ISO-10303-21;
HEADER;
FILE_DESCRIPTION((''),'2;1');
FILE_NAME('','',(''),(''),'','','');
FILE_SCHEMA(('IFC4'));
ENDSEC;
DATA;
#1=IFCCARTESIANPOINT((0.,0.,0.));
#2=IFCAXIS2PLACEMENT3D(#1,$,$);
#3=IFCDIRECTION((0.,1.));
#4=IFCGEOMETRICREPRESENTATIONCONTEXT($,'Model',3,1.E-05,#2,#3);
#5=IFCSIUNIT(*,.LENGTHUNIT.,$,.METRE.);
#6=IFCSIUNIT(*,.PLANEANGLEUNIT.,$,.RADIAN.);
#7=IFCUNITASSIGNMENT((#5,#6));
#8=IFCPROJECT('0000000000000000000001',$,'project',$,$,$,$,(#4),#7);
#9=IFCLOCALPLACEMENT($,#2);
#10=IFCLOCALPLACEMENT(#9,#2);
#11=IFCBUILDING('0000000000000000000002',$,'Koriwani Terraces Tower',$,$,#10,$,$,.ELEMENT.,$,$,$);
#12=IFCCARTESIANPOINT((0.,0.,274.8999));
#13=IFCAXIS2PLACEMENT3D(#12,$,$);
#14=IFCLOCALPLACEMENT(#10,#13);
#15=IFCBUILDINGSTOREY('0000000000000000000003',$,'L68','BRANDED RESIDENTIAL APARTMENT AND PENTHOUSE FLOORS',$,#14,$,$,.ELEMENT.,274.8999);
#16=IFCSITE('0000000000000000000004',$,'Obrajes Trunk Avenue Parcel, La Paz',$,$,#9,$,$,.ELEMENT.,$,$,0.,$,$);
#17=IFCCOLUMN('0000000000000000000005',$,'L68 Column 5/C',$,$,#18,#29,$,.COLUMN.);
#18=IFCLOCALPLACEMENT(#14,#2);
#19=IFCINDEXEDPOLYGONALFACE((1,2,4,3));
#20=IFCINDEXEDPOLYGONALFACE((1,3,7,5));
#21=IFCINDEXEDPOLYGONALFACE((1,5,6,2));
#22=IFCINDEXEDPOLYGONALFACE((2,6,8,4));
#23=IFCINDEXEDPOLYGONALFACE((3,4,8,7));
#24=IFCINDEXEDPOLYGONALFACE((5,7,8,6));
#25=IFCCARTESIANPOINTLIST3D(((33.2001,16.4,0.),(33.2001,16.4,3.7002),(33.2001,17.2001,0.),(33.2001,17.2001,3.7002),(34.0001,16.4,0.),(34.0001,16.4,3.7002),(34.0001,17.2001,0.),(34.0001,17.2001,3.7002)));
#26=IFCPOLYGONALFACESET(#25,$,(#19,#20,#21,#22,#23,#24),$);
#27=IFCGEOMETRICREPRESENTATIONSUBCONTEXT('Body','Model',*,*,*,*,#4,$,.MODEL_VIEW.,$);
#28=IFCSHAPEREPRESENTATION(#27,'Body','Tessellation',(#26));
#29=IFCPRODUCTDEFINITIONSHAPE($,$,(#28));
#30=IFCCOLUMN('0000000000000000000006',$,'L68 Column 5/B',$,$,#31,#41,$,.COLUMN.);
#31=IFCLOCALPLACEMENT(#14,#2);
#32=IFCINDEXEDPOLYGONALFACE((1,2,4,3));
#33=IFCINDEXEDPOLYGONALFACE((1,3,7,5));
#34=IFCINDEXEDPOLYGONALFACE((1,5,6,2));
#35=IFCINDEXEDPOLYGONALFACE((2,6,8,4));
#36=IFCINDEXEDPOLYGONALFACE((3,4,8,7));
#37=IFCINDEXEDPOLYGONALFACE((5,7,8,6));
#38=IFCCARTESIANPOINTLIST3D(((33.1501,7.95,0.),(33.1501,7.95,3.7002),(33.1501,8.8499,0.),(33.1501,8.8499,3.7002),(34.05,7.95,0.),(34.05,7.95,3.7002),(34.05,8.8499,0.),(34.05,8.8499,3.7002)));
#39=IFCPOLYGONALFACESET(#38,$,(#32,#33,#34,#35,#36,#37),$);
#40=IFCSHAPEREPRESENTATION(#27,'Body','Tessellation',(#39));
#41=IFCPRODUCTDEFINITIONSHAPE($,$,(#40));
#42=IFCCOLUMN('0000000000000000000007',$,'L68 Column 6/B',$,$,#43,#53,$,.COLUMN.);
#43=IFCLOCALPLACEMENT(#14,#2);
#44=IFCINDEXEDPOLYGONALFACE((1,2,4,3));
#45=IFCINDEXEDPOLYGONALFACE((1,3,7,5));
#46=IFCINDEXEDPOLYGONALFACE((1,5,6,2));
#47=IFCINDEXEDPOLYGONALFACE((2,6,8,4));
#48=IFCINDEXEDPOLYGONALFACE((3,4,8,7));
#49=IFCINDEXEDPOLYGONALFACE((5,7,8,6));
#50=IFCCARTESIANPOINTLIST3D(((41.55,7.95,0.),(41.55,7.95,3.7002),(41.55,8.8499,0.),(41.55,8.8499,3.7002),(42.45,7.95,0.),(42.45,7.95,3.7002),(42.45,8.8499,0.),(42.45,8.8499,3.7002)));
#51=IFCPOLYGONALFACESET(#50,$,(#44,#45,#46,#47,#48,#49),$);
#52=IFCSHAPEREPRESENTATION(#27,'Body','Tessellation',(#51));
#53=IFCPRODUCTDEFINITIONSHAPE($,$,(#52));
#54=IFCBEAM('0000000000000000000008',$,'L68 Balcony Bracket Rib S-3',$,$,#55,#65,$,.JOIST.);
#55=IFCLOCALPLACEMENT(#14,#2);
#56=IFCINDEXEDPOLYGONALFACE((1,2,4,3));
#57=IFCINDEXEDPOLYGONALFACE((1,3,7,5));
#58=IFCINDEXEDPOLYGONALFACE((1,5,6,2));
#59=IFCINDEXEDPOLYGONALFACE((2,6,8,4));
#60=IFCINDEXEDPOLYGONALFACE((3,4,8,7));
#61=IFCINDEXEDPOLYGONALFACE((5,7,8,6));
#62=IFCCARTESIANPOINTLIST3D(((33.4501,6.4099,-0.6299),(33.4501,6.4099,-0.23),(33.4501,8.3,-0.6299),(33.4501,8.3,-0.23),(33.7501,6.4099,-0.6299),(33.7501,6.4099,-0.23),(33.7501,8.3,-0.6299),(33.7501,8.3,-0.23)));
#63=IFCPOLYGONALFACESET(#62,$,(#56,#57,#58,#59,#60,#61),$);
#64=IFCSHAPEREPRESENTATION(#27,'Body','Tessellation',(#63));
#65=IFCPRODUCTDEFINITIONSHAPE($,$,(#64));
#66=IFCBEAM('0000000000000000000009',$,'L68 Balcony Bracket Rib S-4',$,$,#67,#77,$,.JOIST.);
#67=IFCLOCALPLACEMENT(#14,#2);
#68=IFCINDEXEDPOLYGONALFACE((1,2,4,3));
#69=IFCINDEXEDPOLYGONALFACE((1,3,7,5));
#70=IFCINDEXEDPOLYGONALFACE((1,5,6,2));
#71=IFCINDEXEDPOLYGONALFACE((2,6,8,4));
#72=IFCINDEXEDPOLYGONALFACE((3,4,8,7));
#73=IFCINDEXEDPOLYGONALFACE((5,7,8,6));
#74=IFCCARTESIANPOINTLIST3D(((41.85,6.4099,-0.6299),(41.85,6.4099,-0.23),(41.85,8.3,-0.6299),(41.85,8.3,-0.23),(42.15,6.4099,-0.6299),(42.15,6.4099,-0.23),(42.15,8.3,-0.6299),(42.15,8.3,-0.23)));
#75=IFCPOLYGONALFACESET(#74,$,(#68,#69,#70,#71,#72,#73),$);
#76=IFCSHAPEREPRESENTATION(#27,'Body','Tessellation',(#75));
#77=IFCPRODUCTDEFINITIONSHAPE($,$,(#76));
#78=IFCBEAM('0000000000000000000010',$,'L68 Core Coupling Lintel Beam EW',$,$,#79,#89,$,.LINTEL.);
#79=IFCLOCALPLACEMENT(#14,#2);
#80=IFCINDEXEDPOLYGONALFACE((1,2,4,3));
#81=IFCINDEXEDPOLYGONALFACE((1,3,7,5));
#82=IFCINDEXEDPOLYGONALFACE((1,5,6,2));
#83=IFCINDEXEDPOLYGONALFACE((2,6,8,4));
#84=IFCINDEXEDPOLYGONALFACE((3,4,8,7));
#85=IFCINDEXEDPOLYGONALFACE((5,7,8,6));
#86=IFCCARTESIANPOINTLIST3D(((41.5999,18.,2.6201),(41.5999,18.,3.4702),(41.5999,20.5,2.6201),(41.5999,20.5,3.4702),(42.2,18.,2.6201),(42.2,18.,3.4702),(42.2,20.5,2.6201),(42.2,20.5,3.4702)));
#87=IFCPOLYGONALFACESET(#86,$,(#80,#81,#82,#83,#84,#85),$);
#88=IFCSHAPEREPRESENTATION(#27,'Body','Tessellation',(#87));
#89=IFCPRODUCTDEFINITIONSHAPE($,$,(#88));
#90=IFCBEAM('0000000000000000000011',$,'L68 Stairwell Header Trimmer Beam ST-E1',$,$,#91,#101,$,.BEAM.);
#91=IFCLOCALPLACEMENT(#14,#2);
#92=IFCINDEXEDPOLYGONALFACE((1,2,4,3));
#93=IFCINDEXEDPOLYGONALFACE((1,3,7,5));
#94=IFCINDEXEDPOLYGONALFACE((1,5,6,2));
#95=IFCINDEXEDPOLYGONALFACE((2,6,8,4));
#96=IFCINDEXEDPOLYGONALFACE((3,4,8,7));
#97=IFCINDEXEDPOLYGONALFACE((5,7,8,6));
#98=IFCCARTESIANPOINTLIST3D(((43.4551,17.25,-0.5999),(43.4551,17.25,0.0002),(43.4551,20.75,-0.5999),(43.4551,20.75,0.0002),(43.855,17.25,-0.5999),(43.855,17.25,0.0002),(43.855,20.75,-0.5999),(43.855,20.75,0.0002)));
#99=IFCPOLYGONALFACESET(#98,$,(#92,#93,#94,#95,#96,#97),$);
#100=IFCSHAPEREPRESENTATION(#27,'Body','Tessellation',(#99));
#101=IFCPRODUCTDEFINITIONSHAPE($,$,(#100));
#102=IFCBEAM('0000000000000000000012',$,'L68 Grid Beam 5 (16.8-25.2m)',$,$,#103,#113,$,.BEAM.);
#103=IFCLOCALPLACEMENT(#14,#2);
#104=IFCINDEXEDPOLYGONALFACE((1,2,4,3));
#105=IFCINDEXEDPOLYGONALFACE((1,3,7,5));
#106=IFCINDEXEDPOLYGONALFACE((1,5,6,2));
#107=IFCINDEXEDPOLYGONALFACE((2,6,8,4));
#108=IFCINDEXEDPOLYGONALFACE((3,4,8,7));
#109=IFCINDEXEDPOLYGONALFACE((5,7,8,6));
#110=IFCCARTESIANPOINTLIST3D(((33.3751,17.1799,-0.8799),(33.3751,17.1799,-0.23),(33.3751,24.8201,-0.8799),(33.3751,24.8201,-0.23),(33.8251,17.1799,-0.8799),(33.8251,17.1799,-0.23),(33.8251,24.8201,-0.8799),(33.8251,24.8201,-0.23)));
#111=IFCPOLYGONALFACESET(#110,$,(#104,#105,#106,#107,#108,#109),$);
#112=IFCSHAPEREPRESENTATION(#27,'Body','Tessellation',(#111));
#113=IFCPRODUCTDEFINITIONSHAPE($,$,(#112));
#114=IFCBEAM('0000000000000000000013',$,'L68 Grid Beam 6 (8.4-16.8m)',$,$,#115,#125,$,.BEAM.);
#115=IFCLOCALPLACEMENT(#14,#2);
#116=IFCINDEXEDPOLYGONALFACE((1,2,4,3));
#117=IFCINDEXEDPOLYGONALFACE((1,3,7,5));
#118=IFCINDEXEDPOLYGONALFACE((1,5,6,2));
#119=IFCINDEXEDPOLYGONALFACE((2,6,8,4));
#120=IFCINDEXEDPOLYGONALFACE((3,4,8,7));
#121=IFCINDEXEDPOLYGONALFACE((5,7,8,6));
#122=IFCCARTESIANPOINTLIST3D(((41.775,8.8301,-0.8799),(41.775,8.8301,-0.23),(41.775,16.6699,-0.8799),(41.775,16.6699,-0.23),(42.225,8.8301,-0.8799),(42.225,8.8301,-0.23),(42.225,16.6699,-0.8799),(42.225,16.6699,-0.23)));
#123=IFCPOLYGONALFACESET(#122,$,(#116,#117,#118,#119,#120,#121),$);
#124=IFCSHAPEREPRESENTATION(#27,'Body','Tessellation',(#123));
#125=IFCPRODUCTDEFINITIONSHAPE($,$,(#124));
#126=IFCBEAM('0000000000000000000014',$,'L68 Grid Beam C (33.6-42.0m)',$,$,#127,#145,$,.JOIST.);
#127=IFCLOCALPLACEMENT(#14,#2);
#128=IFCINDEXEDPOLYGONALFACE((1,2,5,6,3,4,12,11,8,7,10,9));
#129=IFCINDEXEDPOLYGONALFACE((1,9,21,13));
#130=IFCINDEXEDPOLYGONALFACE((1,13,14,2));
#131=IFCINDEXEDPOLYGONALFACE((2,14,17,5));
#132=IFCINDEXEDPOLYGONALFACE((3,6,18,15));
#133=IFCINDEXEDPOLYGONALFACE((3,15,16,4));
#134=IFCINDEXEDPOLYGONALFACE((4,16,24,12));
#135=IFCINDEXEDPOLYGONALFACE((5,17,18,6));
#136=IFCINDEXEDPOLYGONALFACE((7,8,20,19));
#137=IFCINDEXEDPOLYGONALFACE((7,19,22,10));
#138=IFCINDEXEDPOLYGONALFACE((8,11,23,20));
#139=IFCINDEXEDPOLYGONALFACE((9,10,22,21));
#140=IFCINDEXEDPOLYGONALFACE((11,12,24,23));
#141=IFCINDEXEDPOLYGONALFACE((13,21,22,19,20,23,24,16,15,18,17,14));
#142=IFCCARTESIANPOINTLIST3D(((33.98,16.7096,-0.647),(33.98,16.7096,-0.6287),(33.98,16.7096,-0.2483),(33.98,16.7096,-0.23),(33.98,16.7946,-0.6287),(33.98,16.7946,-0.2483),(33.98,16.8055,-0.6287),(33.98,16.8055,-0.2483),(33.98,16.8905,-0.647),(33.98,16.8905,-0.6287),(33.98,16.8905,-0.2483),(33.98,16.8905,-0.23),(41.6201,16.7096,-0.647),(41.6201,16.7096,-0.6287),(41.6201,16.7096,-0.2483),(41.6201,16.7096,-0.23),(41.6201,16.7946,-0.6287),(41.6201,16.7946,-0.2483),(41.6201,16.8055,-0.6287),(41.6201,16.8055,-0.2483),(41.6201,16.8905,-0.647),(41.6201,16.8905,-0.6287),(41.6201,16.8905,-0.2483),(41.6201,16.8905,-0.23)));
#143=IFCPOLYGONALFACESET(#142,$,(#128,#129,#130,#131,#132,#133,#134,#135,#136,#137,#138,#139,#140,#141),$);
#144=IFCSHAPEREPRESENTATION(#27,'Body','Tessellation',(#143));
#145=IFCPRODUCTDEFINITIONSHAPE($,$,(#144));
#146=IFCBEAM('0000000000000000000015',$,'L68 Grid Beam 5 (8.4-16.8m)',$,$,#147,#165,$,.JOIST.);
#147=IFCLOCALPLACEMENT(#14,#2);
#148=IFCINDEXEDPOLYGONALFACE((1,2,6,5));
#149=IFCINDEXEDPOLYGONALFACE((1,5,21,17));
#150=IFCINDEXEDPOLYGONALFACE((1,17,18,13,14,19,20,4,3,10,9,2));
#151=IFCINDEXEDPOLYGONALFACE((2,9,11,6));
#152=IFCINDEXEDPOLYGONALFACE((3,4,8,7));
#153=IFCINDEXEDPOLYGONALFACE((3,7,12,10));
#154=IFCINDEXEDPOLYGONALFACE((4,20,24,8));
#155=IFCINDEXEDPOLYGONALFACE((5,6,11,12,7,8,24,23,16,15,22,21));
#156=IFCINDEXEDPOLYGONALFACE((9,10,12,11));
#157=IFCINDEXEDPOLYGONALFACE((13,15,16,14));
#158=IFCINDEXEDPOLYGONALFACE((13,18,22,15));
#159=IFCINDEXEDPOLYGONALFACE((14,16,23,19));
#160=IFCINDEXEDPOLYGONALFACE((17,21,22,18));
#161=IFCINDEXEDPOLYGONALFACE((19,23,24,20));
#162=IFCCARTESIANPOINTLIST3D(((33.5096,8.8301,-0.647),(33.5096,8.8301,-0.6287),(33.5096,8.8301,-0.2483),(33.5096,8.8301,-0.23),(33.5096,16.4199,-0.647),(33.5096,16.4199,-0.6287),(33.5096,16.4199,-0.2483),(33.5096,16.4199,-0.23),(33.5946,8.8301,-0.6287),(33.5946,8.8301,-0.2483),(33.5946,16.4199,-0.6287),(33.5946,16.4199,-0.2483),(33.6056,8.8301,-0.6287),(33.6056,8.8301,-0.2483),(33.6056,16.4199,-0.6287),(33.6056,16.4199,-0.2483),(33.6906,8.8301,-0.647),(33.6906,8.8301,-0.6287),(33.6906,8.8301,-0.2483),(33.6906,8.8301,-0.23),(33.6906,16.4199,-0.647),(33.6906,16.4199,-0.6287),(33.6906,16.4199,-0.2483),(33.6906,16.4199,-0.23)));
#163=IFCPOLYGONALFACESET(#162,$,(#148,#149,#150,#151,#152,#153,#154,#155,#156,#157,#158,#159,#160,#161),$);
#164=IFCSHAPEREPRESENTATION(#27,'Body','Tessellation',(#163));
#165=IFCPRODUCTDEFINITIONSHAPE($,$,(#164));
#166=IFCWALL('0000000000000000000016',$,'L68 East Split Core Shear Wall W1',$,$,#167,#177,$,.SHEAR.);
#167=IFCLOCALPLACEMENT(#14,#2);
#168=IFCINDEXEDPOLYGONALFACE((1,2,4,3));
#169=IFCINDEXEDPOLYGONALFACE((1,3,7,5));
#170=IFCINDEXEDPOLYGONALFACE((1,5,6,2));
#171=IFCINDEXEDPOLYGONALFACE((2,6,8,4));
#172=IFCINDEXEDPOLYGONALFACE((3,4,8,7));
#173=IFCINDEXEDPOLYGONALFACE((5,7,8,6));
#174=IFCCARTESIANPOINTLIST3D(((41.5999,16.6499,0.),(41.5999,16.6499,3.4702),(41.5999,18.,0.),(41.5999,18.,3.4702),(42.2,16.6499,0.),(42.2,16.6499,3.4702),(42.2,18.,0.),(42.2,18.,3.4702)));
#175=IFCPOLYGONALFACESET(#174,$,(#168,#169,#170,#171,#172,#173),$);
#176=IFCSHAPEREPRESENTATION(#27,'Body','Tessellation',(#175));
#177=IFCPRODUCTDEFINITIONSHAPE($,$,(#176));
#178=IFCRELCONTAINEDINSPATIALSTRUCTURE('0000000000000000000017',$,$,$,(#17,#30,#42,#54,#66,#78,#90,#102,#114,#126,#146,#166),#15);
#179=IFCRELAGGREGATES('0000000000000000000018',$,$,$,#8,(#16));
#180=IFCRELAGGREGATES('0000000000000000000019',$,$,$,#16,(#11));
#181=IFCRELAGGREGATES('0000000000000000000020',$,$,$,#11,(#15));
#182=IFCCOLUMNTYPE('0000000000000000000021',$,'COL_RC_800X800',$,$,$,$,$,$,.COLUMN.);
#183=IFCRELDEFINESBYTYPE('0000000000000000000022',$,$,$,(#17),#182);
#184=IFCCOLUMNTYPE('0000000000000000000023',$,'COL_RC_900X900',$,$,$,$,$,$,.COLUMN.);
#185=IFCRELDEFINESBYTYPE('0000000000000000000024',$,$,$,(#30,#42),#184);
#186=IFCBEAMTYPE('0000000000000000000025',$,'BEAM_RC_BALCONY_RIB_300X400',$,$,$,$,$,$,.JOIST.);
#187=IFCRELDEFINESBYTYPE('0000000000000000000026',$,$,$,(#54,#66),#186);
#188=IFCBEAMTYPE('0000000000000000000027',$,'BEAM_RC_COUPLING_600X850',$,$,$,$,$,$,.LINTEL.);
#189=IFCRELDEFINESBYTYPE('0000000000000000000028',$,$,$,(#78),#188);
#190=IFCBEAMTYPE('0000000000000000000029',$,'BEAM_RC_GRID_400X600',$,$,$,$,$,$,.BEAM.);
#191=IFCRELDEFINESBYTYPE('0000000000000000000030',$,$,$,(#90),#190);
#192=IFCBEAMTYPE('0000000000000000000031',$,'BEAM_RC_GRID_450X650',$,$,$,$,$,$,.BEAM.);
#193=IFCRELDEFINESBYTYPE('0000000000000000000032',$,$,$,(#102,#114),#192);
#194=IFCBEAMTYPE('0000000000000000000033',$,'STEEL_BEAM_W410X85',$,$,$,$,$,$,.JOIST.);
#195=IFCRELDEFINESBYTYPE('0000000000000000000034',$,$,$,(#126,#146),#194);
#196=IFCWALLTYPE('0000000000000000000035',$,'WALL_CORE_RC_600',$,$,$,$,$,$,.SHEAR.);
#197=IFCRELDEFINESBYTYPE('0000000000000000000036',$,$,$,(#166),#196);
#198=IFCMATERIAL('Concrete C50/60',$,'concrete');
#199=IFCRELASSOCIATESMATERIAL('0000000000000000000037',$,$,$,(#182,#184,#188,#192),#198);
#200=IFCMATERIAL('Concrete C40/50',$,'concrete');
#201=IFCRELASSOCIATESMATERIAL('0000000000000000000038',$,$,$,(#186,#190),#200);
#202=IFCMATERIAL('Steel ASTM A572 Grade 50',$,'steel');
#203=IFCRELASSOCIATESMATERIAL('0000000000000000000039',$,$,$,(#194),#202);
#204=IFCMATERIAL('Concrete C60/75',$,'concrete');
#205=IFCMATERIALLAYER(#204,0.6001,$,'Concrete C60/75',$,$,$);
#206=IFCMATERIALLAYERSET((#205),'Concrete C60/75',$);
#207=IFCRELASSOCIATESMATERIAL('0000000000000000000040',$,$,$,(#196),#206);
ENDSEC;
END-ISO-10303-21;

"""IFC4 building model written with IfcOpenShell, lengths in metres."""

from ifc_helpers import new_model, si_unit, direction, frame, frame_2d, origin, origin_2d, place, context, subcontext, project, spatial, rectangle, i_section, extrude, material, layer, layer_set, material_profile, profile_set, type_object, element, save


model = new_model("IFC4")

# Units and contexts
model_context = context("Model", 3, precision=1e-05, world=origin(), true_north=direction((0.0, 1.0)))
body_context = subcontext(model_context, "Body", "Model", "MODEL_VIEW")
ifc_project = project(units=[si_unit("LENGTHUNIT", "METRE"), si_unit("PLANEANGLEUNIT", "RADIAN")], contexts=[model_context])

# Site, building, storey
site_placement = place(None, origin())
site = spatial("IfcSite", under=ifc_project, at=site_placement, Name="Obrajes Trunk Avenue Parcel, La Paz", CompositionType="ELEMENT", RefElevation=0.0)
building_placement = place(site_placement, origin())
building = spatial("IfcBuilding", under=site, at=building_placement, Name="Koriwani Terraces Tower", CompositionType="ELEMENT")
storey_placement = place(building_placement, frame((0.0, 0.0, 274.8999)))
storey = spatial("IfcBuildingStorey", under=building, at=storey_placement, Name="L68", Description="BRANDED RESIDENTIAL APARTMENT AND PENTHOUSE FLOORS", CompositionType="ELEMENT", Elevation=274.8999)

# Columns
ifc_material_1 = material(Name="Concrete C50/60", Category="concrete")
ifc_material_profile_1 = material_profile(ifc_material_1, rectangle(XDim=0.8, YDim=0.8, at=origin_2d()), Name="Concrete C50/60", Category="LoadBearing")
ifc_profile_set_1 = profile_set([ifc_material_profile_1], Name="Concrete C50/60")
column_type_1 = type_object("IfcColumnType", Name="COL_RC_800X800", PredefinedType="COLUMN", material=ifc_profile_set_1)
column_placement = place(storey_placement, frame((33.6001, 16.8, 0.0), z_axis=(0.0, 0.0, 1.0), x_axis=(1.0, 0.0, 0.0)))
element("IfcColumn", 1, at=column_placement, inside=storey, type_object=column_type_1, Name="L68 Column 5/C", PredefinedType="COLUMN", context=body_context, shape_type="SweptSolid", body=[
    extrude(rectangle(XDim=0.8, YDim=0.8, at=origin_2d()), origin(), (0.0, 0.0, 1.0), 3.7002),
])
ifc_material_profile_2 = material_profile(ifc_material_1, rectangle(XDim=0.8999, YDim=0.8999, at=origin_2d()), Name="Concrete C50/60", Category="LoadBearing")
ifc_profile_set_2 = profile_set([ifc_material_profile_2], Name="Concrete C50/60")
column_type_2 = type_object("IfcColumnType", Name="COL_RC_900X900", PredefinedType="COLUMN", material=ifc_profile_set_2)
for number, where, z_axis, x_axis, name in (
    (2, (33.6001, 8.3999, 0.0), (0.0, 0.0, 1.0), (1.0, 0.0, 0.0), "L68 Column 5/B"),
    (3, (42.0, 8.3999, 0.0), (0.0, 0.0, 1.0), (1.0, 0.0, 0.0), "L68 Column 6/B"),
):
    element("IfcColumn", number, at=place(storey_placement, frame(where, z_axis=z_axis, x_axis=x_axis)), inside=storey, type_object=column_type_2, Name=name, PredefinedType="COLUMN", context=body_context, shape_type="SweptSolid", body=[
        extrude(rectangle(XDim=0.8999, YDim=0.8999, at=origin_2d()), origin(), (0.0, 0.0, 1.0), 3.7002),
    ])

# Beams
ifc_material_2 = material(Name="Concrete C40/50", Category="concrete")
ifc_material_profile_3 = material_profile(ifc_material_2, rectangle(XDim=0.3, YDim=0.3999, at=origin_2d()), Name="Concrete C40/50", Category="LoadBearing")
ifc_profile_set_3 = profile_set([ifc_material_profile_3], Name="Concrete C40/50")
beam_type_1 = type_object("IfcBeamType", Name="BEAM_RC_BALCONY_RIB_300X400", PredefinedType="JOIST", material=ifc_profile_set_3)
for number, where, z_axis, x_axis, name in (
    (4, (33.6001, 6.4099, -0.4299), (0.0, 1.0, 0.0), (-1.0, 0.0, 0.0), "L68 Balcony Bracket Rib S-3"),
    (5, (42.0, 6.4099, -0.4299), (0.0, 1.0, 0.0), (-1.0, 0.0, 0.0), "L68 Balcony Bracket Rib S-4"),
):
    element("IfcBeam", number, at=place(storey_placement, frame(where, z_axis=z_axis, x_axis=x_axis)), inside=storey, type_object=beam_type_1, Name=name, PredefinedType="JOIST", context=body_context, shape_type="SweptSolid", body=[
        extrude(rectangle(XDim=0.3, YDim=0.3999, at=origin_2d()), origin(), (0.0, 0.0, 1.0), 1.8901),
    ])
ifc_material_profile_4 = material_profile(ifc_material_1, rectangle(XDim=0.6001, YDim=0.8501, at=origin_2d()), Name="Concrete C50/60", Category="LoadBearing")
ifc_profile_set_4 = profile_set([ifc_material_profile_4], Name="Concrete C50/60")
beam_type_2 = type_object("IfcBeamType", Name="BEAM_RC_COUPLING_600X850", PredefinedType="LINTEL", material=ifc_profile_set_4)
beam_1_placement = place(storey_placement, frame((41.8999, 18.0, 3.0452), z_axis=(0.0, 1.0, 0.0), x_axis=(-1.0, 0.0, 0.0)))
element("IfcBeam", 6, at=beam_1_placement, inside=storey, type_object=beam_type_2, Name="L68 Core Coupling Lintel Beam EW", PredefinedType="LINTEL", context=body_context, shape_type="SweptSolid", body=[
    extrude(rectangle(XDim=0.6001, YDim=0.8501, at=origin_2d()), origin(), (0.0, 0.0, 1.0), 2.5),
])
ifc_material_profile_5 = material_profile(ifc_material_2, rectangle(XDim=0.3999, YDim=0.6001, at=origin_2d()), Name="Concrete C40/50", Category="LoadBearing")
ifc_profile_set_5 = profile_set([ifc_material_profile_5], Name="Concrete C40/50")
beam_type_3 = type_object("IfcBeamType", Name="BEAM_RC_GRID_400X600", PredefinedType="BEAM", material=ifc_profile_set_5)
beam_2_placement = place(storey_placement, frame((43.655, 17.25, -0.2998), z_axis=(0.0, 1.0, 0.0), x_axis=(-1.0, 0.0, 0.0)))
element("IfcBeam", 7, at=beam_2_placement, inside=storey, type_object=beam_type_3, Name="L68 Stairwell Header Trimmer Beam ST-E1", PredefinedType="BEAM", context=body_context, shape_type="SweptSolid", body=[
    extrude(rectangle(XDim=0.3999, YDim=0.6001, at=origin_2d()), origin(), (0.0, 0.0, 1.0), 3.5),
])
ifc_material_profile_6 = material_profile(ifc_material_1, rectangle(XDim=0.45, YDim=0.6499, at=origin_2d()), Name="Concrete C50/60", Category="LoadBearing")
ifc_profile_set_6 = profile_set([ifc_material_profile_6], Name="Concrete C50/60")
beam_type_4 = type_object("IfcBeamType", Name="BEAM_RC_GRID_450X650", PredefinedType="BEAM", material=ifc_profile_set_6)
beam_3_placement = place(storey_placement, frame((33.6001, 17.1799, -0.5549), z_axis=(0.0, 1.0, 0.0), x_axis=(-1.0, 0.0, 0.0)))
element("IfcBeam", 8, at=beam_3_placement, inside=storey, type_object=beam_type_4, Name="L68 Grid Beam 5 (16.8-25.2m)", PredefinedType="BEAM", context=body_context, shape_type="SweptSolid", body=[
    extrude(rectangle(XDim=0.45, YDim=0.6499, at=origin_2d()), origin(), (0.0, 0.0, 1.0), 7.6401),
])
beam_4_placement = place(storey_placement, frame((42.0, 8.8301, -0.5549), z_axis=(0.0, 1.0, 0.0), x_axis=(-1.0, 0.0, 0.0)))
element("IfcBeam", 9, at=beam_4_placement, inside=storey, type_object=beam_type_4, Name="L68 Grid Beam 6 (8.4-16.8m)", PredefinedType="BEAM", context=body_context, shape_type="SweptSolid", body=[
    extrude(rectangle(XDim=0.45, YDim=0.6499, at=origin_2d()), origin(), (0.0, 0.0, 1.0), 7.8398),
])
ifc_material_3 = material(Name="Steel ASTM A572 Grade 50", Category="steel")
ifc_material_profile_7 = material_profile(ifc_material_3, i_section(OverallWidth=0.1809, OverallDepth=0.417, WebThickness=0.011, FlangeThickness=0.0183, at=origin_2d()), Name="Steel ASTM A572 Grade 50", Category="LoadBearing")
ifc_profile_set_7 = profile_set([ifc_material_profile_7], Name="Steel ASTM A572 Grade 50")
beam_type_5 = type_object("IfcBeamType", Name="STEEL_BEAM_W410X85", PredefinedType="JOIST", material=ifc_profile_set_7)
beam_5_placement = place(storey_placement, frame((33.98, 16.8, -0.4385), z_axis=(1.0, 0.0, 0.0), x_axis=(0.0, 1.0, 0.0)))
element("IfcBeam", 10, at=beam_5_placement, inside=storey, type_object=beam_type_5, Name="L68 Grid Beam C (33.6-42.0m)", PredefinedType="JOIST", context=body_context, shape_type="SweptSolid", body=[
    extrude(i_section(OverallWidth=0.1809, OverallDepth=0.417, WebThickness=0.011, FlangeThickness=0.0183, at=origin_2d()), origin(), (0.0, 0.0, 1.0), 7.6401),
])
beam_6_placement = place(storey_placement, frame((33.6001, 8.8301, -0.4385), z_axis=(0.0, 1.0, 0.0), x_axis=(-1.0, 0.0, 0.0)))
element("IfcBeam", 11, at=beam_6_placement, inside=storey, type_object=beam_type_5, Name="L68 Grid Beam 5 (8.4-16.8m)", PredefinedType="JOIST", context=body_context, shape_type="SweptSolid", body=[
    extrude(i_section(OverallWidth=0.1809, OverallDepth=0.417, WebThickness=0.011, FlangeThickness=0.0183, at=origin_2d()), origin(), (0.0, 0.0, 1.0), 7.5898),
])

# Wall
ifc_material_4 = material(Name="Concrete C60/75", Category="concrete")
ifc_layer_1 = layer(ifc_material_4, 0.6001, Name="Concrete C60/75")
ifc_layer_set_1 = layer_set([ifc_layer_1], Name="Concrete C60/75")
wall_type_1 = type_object("IfcWallType", Name="WALL_CORE_RC_600", PredefinedType="SHEAR", material=ifc_layer_set_1)
wall_1_placement = place(storey_placement, frame((41.8999, 16.6499, 0.0), z_axis=(0.0, 0.0, 1.0), x_axis=(0.0, 1.0, 0.0)))
element("IfcWall", 12, at=wall_1_placement, inside=storey, type_object=wall_type_1, Name="L68 East Split Core Shear Wall W1", PredefinedType="SHEAR", context=body_context, shape_type="SweptSolid", body=[
    extrude(rectangle(XDim=1.3501, YDim=0.6001, at=frame_2d((0.675, 0.0))), origin(), (0.0, 0.0, 1.0), 3.4702),
])

save(model, "model.ifc")
